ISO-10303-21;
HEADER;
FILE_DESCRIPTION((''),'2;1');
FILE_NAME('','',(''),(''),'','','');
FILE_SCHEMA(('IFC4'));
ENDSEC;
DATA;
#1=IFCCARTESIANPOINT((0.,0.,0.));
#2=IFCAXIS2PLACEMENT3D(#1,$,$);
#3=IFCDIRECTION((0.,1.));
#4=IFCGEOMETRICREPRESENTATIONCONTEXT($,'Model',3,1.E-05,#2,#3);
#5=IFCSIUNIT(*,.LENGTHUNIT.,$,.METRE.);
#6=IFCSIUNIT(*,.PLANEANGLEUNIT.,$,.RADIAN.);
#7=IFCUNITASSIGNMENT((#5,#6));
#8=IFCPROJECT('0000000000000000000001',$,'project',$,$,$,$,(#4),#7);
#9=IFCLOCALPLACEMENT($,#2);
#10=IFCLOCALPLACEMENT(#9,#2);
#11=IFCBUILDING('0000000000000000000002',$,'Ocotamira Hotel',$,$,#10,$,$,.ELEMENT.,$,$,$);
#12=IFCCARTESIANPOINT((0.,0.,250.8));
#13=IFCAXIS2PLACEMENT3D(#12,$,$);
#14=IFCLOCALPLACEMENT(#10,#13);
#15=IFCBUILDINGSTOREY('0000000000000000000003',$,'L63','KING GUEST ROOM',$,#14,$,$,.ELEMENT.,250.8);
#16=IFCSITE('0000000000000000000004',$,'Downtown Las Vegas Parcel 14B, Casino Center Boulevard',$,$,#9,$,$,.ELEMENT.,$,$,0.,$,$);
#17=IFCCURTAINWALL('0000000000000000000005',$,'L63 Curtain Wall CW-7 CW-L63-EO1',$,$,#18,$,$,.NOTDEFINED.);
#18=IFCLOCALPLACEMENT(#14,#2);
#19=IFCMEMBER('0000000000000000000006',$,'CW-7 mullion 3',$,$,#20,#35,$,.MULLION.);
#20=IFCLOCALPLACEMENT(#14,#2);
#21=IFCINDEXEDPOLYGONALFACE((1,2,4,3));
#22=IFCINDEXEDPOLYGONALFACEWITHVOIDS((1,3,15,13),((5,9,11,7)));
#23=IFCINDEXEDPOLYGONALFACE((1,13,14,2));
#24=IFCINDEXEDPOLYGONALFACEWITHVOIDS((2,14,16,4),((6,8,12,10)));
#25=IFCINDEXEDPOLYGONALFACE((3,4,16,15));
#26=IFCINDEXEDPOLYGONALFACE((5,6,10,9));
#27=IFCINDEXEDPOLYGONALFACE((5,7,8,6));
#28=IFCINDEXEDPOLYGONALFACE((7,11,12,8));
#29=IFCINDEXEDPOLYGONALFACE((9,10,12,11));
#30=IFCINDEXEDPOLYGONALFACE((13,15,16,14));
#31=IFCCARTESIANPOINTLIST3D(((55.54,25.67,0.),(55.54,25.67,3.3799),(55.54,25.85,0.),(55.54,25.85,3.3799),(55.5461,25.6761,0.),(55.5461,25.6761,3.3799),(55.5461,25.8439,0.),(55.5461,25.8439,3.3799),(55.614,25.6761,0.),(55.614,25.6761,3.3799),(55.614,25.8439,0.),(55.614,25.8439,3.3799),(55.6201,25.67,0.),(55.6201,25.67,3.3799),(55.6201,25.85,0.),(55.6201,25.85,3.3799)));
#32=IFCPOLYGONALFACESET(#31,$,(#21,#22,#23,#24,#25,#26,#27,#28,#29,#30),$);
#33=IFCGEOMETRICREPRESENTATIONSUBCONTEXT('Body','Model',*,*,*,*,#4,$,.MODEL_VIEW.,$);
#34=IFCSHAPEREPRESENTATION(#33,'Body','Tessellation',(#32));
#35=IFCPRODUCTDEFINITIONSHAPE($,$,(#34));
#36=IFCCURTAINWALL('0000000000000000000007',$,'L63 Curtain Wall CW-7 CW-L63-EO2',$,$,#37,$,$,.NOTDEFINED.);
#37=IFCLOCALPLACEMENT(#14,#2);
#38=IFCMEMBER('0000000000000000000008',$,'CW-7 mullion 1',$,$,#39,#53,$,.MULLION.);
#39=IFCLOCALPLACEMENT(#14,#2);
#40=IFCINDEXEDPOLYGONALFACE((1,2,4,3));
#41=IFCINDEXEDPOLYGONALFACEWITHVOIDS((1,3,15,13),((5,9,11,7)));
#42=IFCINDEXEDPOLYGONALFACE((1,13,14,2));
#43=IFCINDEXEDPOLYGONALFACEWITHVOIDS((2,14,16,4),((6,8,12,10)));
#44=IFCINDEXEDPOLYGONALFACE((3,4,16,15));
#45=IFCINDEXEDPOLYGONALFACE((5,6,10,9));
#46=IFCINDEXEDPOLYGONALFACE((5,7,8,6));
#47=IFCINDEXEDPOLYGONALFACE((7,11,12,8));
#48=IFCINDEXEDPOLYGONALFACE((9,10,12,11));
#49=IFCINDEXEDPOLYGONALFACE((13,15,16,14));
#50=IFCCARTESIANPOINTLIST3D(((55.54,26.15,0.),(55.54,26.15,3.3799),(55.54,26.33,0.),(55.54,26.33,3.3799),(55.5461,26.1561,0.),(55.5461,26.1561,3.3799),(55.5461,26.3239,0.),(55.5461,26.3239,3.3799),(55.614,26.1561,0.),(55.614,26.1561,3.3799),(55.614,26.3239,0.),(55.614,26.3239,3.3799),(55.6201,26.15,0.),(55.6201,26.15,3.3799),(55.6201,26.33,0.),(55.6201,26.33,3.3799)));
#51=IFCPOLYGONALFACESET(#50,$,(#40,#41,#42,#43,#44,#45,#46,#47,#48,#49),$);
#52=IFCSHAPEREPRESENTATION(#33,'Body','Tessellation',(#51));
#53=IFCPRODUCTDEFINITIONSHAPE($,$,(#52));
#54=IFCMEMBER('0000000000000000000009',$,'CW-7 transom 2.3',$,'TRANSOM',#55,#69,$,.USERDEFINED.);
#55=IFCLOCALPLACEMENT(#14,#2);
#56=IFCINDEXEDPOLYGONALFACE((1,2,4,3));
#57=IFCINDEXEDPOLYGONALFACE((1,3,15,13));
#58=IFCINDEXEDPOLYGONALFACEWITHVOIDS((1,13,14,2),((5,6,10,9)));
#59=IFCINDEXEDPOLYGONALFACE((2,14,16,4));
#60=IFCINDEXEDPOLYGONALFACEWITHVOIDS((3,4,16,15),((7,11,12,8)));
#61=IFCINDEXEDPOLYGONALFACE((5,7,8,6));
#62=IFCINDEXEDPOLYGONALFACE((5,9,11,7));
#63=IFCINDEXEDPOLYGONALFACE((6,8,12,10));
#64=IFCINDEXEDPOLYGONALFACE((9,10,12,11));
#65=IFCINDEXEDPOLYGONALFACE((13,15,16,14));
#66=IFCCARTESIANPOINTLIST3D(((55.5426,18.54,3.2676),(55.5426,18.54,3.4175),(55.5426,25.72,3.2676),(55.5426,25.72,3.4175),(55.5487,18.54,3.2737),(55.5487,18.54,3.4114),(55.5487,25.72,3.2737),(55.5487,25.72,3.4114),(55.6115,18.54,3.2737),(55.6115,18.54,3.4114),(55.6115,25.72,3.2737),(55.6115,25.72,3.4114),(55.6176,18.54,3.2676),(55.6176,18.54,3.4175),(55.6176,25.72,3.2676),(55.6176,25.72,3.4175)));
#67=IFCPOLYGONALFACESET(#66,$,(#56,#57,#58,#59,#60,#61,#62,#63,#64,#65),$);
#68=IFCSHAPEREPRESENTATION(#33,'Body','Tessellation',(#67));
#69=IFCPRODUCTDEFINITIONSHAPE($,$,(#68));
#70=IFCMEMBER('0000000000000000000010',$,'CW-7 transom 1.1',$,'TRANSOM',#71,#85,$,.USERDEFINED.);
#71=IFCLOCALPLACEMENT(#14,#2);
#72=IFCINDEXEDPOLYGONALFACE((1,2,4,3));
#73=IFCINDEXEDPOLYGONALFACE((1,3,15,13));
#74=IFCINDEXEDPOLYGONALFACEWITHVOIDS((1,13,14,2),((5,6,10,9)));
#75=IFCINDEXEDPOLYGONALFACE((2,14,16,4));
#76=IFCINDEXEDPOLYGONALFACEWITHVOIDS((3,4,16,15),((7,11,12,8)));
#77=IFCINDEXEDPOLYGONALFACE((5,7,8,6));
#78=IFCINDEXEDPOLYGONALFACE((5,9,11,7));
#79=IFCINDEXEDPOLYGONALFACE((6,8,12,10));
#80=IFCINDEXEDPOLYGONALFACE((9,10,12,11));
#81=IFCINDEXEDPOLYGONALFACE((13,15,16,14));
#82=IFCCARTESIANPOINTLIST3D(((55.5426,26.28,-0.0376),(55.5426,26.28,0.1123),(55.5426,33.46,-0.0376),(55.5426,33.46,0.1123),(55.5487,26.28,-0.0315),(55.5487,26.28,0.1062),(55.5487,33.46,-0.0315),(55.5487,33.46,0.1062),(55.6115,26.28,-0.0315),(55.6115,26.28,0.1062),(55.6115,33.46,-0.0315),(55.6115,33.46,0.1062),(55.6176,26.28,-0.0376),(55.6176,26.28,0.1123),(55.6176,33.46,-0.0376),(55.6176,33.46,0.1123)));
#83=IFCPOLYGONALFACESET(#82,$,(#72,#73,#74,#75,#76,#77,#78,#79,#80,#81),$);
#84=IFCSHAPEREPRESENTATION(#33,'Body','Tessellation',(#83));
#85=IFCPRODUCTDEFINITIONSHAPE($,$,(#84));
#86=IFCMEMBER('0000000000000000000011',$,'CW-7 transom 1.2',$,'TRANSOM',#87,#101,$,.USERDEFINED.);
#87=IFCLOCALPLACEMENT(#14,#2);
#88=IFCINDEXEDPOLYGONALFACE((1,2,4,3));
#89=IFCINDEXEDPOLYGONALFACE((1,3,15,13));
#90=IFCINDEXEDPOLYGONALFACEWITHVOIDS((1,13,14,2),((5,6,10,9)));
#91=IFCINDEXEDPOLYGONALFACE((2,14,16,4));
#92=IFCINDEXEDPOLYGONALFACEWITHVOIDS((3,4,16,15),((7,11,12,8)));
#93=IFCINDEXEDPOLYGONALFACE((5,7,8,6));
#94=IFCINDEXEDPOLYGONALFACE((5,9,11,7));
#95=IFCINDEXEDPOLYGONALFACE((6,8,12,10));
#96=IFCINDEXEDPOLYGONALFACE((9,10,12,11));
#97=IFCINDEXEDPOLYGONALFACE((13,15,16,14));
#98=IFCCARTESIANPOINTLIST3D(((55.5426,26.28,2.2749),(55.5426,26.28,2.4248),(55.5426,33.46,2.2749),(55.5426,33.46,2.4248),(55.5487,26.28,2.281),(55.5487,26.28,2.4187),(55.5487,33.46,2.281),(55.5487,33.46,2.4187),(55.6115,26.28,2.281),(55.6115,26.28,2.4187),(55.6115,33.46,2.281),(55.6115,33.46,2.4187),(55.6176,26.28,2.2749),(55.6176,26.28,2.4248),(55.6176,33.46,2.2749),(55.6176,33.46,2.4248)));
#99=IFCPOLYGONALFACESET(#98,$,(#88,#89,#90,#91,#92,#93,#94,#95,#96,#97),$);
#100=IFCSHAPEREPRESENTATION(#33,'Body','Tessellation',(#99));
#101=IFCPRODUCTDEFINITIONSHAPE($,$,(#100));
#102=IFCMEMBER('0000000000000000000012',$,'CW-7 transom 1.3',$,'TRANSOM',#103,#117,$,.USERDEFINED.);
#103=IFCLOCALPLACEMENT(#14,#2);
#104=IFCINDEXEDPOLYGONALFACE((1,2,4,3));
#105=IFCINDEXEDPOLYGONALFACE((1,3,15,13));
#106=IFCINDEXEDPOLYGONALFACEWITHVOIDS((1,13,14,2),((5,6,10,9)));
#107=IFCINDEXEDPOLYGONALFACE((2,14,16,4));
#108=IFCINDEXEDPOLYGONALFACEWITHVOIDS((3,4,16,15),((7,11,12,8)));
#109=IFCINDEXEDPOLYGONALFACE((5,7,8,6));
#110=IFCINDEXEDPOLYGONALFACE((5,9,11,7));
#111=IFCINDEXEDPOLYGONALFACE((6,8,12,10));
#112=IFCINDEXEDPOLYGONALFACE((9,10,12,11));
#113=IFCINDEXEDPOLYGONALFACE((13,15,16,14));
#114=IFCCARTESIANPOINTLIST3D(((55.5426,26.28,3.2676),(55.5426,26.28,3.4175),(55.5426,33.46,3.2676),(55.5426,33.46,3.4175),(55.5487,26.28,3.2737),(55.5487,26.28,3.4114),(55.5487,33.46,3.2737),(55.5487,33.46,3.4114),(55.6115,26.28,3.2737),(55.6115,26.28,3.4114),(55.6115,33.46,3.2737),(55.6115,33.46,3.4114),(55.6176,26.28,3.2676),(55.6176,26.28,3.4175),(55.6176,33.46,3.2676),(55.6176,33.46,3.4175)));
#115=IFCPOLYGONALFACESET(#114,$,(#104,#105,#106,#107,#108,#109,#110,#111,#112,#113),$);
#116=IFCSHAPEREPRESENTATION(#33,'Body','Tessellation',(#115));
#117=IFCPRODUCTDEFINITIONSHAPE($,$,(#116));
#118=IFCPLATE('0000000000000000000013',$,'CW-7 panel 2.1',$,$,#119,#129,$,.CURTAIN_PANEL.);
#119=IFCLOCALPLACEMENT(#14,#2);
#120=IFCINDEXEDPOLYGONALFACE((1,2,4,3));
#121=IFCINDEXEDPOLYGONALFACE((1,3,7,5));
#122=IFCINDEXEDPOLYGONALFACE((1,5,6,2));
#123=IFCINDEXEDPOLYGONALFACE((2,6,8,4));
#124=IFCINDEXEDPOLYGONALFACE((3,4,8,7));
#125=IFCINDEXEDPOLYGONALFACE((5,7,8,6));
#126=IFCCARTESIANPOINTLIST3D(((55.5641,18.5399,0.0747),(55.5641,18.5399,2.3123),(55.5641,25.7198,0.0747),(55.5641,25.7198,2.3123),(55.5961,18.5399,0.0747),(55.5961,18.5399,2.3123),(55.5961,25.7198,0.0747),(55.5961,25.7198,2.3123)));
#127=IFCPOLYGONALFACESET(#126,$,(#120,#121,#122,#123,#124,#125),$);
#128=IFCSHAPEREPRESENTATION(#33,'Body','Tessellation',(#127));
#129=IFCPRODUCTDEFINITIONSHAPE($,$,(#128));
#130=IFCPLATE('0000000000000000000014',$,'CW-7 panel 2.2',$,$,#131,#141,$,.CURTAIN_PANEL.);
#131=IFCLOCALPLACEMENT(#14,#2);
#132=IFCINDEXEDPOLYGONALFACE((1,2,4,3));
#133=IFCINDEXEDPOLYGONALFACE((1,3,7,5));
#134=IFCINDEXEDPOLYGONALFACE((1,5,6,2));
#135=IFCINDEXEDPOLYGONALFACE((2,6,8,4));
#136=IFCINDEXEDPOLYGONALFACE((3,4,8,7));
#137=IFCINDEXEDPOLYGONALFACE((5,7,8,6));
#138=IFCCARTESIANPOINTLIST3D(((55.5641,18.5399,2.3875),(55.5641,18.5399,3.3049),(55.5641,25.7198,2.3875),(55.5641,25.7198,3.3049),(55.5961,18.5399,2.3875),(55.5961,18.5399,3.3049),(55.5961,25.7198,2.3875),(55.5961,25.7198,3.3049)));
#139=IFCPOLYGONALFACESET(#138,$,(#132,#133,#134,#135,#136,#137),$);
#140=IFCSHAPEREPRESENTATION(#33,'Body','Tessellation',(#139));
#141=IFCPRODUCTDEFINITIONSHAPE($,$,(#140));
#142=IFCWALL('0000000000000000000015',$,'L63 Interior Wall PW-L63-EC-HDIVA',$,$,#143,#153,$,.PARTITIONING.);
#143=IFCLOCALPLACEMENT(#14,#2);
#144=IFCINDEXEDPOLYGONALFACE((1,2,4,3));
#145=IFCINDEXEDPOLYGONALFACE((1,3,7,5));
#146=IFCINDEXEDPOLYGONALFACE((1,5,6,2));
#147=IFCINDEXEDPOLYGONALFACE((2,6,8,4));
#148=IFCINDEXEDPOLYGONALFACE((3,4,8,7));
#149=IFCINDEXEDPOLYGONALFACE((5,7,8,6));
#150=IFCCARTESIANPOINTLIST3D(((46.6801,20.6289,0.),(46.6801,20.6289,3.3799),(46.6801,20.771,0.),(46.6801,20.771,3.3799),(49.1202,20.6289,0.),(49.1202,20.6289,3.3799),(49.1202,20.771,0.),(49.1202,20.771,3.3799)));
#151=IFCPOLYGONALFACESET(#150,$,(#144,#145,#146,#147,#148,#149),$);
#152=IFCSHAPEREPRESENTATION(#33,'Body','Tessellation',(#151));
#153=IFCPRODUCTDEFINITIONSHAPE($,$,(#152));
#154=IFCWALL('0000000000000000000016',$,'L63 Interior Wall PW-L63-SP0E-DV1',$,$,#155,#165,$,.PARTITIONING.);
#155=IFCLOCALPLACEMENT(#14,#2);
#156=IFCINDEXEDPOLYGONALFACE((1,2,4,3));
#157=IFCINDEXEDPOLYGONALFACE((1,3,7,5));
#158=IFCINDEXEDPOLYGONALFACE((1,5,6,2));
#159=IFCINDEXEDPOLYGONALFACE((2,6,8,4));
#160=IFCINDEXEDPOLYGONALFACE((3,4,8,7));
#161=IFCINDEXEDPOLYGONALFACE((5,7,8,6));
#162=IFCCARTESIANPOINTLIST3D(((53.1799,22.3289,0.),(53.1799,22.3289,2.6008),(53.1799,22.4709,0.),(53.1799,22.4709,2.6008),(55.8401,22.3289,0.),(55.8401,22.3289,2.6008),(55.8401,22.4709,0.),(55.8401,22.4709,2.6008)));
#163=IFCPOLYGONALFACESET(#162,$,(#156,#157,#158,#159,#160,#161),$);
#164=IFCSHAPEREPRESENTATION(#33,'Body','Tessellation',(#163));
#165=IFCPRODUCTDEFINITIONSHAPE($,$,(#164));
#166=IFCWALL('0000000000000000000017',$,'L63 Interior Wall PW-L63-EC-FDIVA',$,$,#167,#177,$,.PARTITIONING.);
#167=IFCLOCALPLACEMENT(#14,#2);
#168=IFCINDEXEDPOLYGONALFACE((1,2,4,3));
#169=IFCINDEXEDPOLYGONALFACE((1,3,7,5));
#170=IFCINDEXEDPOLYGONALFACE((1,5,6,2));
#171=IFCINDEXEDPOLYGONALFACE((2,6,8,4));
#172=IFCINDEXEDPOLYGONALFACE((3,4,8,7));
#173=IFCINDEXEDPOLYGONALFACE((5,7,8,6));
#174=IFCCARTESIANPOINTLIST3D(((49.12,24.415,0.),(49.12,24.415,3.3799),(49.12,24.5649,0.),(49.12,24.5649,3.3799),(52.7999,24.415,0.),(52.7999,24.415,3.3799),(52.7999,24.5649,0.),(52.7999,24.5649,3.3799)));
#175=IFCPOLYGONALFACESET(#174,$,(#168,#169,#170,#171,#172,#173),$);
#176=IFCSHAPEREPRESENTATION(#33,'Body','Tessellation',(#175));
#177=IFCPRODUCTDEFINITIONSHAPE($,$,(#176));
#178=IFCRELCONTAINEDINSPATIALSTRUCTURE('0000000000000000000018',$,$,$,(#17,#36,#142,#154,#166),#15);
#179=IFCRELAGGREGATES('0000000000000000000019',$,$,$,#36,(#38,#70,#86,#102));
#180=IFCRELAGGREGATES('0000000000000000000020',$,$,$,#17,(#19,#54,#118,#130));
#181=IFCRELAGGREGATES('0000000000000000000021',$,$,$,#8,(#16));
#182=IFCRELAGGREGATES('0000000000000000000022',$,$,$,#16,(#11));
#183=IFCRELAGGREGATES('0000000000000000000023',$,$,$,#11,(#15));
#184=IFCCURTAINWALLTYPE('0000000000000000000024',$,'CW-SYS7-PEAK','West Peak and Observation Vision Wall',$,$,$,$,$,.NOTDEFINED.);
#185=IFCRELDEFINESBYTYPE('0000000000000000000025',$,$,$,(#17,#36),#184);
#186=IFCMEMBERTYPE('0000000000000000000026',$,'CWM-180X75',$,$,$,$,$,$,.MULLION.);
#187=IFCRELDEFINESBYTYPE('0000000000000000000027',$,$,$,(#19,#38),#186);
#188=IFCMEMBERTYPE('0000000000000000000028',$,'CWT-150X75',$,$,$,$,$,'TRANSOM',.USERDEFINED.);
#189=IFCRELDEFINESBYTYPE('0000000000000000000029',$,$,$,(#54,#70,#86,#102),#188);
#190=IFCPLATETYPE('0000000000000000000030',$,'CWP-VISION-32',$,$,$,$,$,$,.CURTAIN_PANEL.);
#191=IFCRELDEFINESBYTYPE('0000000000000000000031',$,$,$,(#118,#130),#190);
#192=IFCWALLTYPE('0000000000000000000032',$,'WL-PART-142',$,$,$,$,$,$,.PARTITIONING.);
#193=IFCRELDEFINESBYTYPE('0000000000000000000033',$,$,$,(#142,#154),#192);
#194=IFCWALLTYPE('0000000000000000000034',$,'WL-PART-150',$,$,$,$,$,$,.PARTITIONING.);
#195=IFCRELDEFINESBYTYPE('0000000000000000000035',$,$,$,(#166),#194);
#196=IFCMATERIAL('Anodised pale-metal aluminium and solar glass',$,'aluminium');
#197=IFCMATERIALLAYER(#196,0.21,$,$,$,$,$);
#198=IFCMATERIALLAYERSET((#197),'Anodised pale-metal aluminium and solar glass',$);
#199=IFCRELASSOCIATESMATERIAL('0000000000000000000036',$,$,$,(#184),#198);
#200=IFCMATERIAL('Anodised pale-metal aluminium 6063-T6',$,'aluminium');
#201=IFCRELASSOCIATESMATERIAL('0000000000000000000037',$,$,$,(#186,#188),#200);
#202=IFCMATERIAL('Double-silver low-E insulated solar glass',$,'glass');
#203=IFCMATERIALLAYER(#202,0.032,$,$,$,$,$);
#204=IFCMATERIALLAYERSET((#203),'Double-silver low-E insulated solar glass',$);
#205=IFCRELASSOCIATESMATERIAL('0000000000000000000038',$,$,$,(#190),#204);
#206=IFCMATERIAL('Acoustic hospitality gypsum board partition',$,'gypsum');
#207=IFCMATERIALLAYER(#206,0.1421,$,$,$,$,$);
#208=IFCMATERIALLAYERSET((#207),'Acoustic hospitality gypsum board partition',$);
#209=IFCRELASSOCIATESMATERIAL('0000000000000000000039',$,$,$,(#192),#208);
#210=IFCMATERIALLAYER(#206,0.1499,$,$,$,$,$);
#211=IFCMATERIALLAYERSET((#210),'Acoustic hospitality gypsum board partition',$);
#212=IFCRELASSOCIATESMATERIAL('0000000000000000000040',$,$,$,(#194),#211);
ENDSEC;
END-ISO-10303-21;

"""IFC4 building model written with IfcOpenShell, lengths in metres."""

from ifc_helpers import new_model, si_unit, direction, frame, frame_2d, origin, origin_2d, place, context, subcontext, project, spatial, rectangle, hollow_rectangle, extrude, source, transform, mapped, material, layer, layer_set, material_profile, profile_set, type_object, element, aggregate, save


model = new_model("IFC4")

# Units and contexts
model_context = context("Model", 3, precision=1e-05, world=origin(), true_north=direction((0.0, 1.0)))
body_context = subcontext(model_context, "Body", "Model", "MODEL_VIEW")
ifc_project = project(units=[si_unit("LENGTHUNIT", "METRE"), si_unit("PLANEANGLEUNIT", "RADIAN")], contexts=[model_context])

# Site, building, storey
site_placement = place(None, origin())
site = spatial("IfcSite", under=ifc_project, at=site_placement, Name="Downtown Las Vegas Parcel 14B, Casino Center Boulevard", CompositionType="ELEMENT", RefElevation=0.0)
building_placement = place(site_placement, origin())
building = spatial("IfcBuilding", under=site, at=building_placement, Name="Ocotamira Hotel", CompositionType="ELEMENT")
storey_placement = place(building_placement, frame((0.0, 0.0, 250.8)))
storey = spatial("IfcBuildingStorey", under=building, at=storey_placement, Name="L63", Description="KING GUEST ROOM", CompositionType="ELEMENT", Elevation=250.8)

# Curtain walls, members
ifc_material_1 = material(Name="Anodised pale-metal aluminium and solar glass", Category="aluminium")
ifc_layer_1 = layer(ifc_material_1, 0.21)
ifc_layer_set_1 = layer_set([ifc_layer_1], Name="Anodised pale-metal aluminium and solar glass")
curtain_wall_type = type_object("IfcCurtainWallType", Name="CW-SYS7-PEAK", Description="West Peak and Observation Vision Wall", PredefinedType="NOTDEFINED", material=ifc_layer_set_1)
curtain_wall_1_placement = place(storey_placement, origin())
curtain_wall_1 = element("IfcCurtainWall", 1, at=curtain_wall_1_placement, inside=storey, type_object=curtain_wall_type, Name="L63 Curtain Wall CW-7 CW-L63-EO1", PredefinedType="NOTDEFINED")
ifc_material_2 = material(Name="Anodised pale-metal aluminium 6063-T6", Category="aluminium")
ifc_material_profile_1 = material_profile(ifc_material_2, hollow_rectangle(XDim=0.0801, YDim=0.1799, WallThickness=0.0061, at=origin_2d()), Name="HSS180X80X6")
ifc_profile_set_1 = profile_set([ifc_material_profile_1], Name="Anodised pale-metal aluminium 6063-T6")
member_type_1 = type_object("IfcMemberType", Name="CWM-180X75", PredefinedType="MULLION", material=ifc_profile_set_1)
shared_shape_1 = source(origin(), body_context, "Body", "SweptSolid", [
    extrude(hollow_rectangle(XDim=0.0801, YDim=0.1799, WallThickness=0.0061, at=origin_2d()), origin(), (0.0, 0.0, 1.0), 3.3799),
])
member_1_placement = place(storey_placement, frame((55.5801, 25.76, 0.0), z_axis=(0.0, 0.0, 1.0), x_axis=(-1.0, 0.0, 0.0)))
member_1 = element("IfcMember", 2, at=member_1_placement, type_object=member_type_1, Name="CW-7 mullion 3", PredefinedType="MULLION", context=body_context, shape_type="MappedRepresentation", body=[
    mapped(shared_shape_1, transform((0.0, 0.0, 0.0), scale=1.0)),
])
curtain_wall_2_placement = place(storey_placement, origin())
curtain_wall_2 = element("IfcCurtainWall", 3, at=curtain_wall_2_placement, inside=storey, type_object=curtain_wall_type, Name="L63 Curtain Wall CW-7 CW-L63-EO2", PredefinedType="NOTDEFINED")
member_2_placement = place(storey_placement, frame((55.5801, 26.24, 0.0), z_axis=(0.0, 0.0, 1.0), x_axis=(-1.0, 0.0, 0.0)))
member_2 = element("IfcMember", 4, at=member_2_placement, type_object=member_type_1, Name="CW-7 mullion 1", PredefinedType="MULLION", context=body_context, shape_type="MappedRepresentation", body=[
    mapped(shared_shape_1, transform((0.0, 0.0, 0.0), scale=1.0)),
])

# Members
ifc_material_profile_2 = material_profile(ifc_material_2, hollow_rectangle(XDim=0.075, YDim=0.1499, WallThickness=0.0061, at=origin_2d()), Name="HSS150X75X6")
ifc_profile_set_2 = profile_set([ifc_material_profile_2], Name="Anodised pale-metal aluminium 6063-T6")
member_type_2 = type_object("IfcMemberType", Name="CWT-150X75", ElementType="TRANSOM", PredefinedType="USERDEFINED", material=ifc_profile_set_2)
shared_shape_2 = source(origin(), body_context, "Body", "SweptSolid", [
    extrude(hollow_rectangle(XDim=0.075, YDim=0.1499, WallThickness=0.0061, at=origin_2d()), origin(), (0.0, 0.0, 1.0), 7.1799),
])
member_3_placement = place(storey_placement, frame((55.5801, 18.54, 3.3425), z_axis=(0.0, 1.0, 0.0), x_axis=(-1.0, 0.0, 0.0)))
member_3 = element("IfcMember", 5, at=member_3_placement, type_object=member_type_2, Name="CW-7 transom 2.3", ObjectType="TRANSOM", PredefinedType="USERDEFINED", context=body_context, shape_type="MappedRepresentation", body=[
    mapped(shared_shape_2, transform((0.0, 0.0, 0.0), scale=1.0)),
])
member_4_placement = place(storey_placement, frame((55.5801, 26.28, 0.0374), z_axis=(0.0, 1.0, 0.0), x_axis=(-1.0, 0.0, 0.0)))
member_4 = element("IfcMember", 6, at=member_4_placement, type_object=member_type_2, Name="CW-7 transom 1.1", ObjectType="TRANSOM", PredefinedType="USERDEFINED", context=body_context, shape_type="MappedRepresentation", body=[
    mapped(shared_shape_2, transform((0.0, 0.0, 0.0), scale=1.0)),
])
member_5_placement = place(storey_placement, frame((55.5801, 26.28, 2.3499), z_axis=(0.0, 1.0, 0.0), x_axis=(-1.0, 0.0, 0.0)))
member_5 = element("IfcMember", 7, at=member_5_placement, type_object=member_type_2, Name="CW-7 transom 1.2", ObjectType="TRANSOM", PredefinedType="USERDEFINED", context=body_context, shape_type="MappedRepresentation", body=[
    mapped(shared_shape_2, transform((0.0, 0.0, 0.0), scale=1.0)),
])
member_6_placement = place(storey_placement, frame((55.5801, 26.28, 3.3425), z_axis=(0.0, 1.0, 0.0), x_axis=(-1.0, 0.0, 0.0)))
member_6 = element("IfcMember", 8, at=member_6_placement, type_object=member_type_2, Name="CW-7 transom 1.3", ObjectType="TRANSOM", PredefinedType="USERDEFINED", context=body_context, shape_type="MappedRepresentation", body=[
    mapped(shared_shape_2, transform((0.0, 0.0, 0.0), scale=1.0)),
])
aggregate(curtain_wall_2, [member_2, member_4, member_5, member_6])

# Plates
ifc_material_3 = material(Name="Double-silver low-E insulated solar glass", Category="glass")
ifc_layer_2 = layer(ifc_material_3, 0.032)
ifc_layer_set_2 = layer_set([ifc_layer_2], Name="Double-silver low-E insulated solar glass")
plate_type = type_object("IfcPlateType", Name="CWP-VISION-32", PredefinedType="CURTAIN_PANEL", material=ifc_layer_set_2)
shared_shape_3 = source(origin(), body_context, "Body", "SweptSolid", [
    extrude(rectangle(XDim=7.1799, YDim=0.032, at=origin_2d()), origin(), (0.0, 0.0, 1.0), 2.2375),
])
plate_1_placement = place(storey_placement, frame((55.5801, 22.1299, 0.0747), z_axis=(0.0, 0.0, 1.0), x_axis=(0.0, 1.0, 0.0)))
plate_1 = element("IfcPlate", 9, at=plate_1_placement, type_object=plate_type, Name="CW-7 panel 2.1", PredefinedType="CURTAIN_PANEL", context=body_context, shape_type="MappedRepresentation", body=[
    mapped(shared_shape_3, transform((0.0, 0.0, 0.0), scale=1.0)),
])
shared_shape_4 = source(origin(), body_context, "Body", "SweptSolid", [
    extrude(rectangle(XDim=7.1799, YDim=0.032, at=origin_2d()), origin(), (0.0, 0.0, 1.0), 0.9175),
])
plate_2_placement = place(storey_placement, frame((55.5801, 22.1299, 2.3875), z_axis=(0.0, 0.0, 1.0), x_axis=(0.0, 1.0, 0.0)))
plate_2 = element("IfcPlate", 10, at=plate_2_placement, type_object=plate_type, Name="CW-7 panel 2.2", PredefinedType="CURTAIN_PANEL", context=body_context, shape_type="MappedRepresentation", body=[
    mapped(shared_shape_4, transform((0.0, 0.0, 0.0), scale=1.0)),
])
aggregate(curtain_wall_1, [member_1, member_3, plate_1, plate_2])

# Walls
ifc_material_4 = material(Name="Acoustic hospitality gypsum board partition", Category="gypsum")
ifc_layer_3 = layer(ifc_material_4, 0.1421)
ifc_layer_set_3 = layer_set([ifc_layer_3], Name="Acoustic hospitality gypsum board partition")
wall_type_1 = type_object("IfcWallType", Name="WL-PART-142", PredefinedType="PARTITIONING", material=ifc_layer_set_3)
wall_1_placement = place(storey_placement, frame((46.6799, 20.7, 0.0), z_axis=(0.0, 0.0, 1.0), x_axis=(1.0, 0.0, 0.0)))
element("IfcWall", 11, at=wall_1_placement, inside=storey, type_object=wall_type_1, Name="L63 Interior Wall PW-L63-EC-HDIVA", PredefinedType="PARTITIONING", context=body_context, shape_type="SweptSolid", body=[
    extrude(rectangle(XDim=2.4402, YDim=0.1421, at=frame_2d((1.2202, 0.0))), origin(), (0.0, 0.0, 1.0), 3.3799),
])
wall_2_placement = place(storey_placement, frame((53.1799, 22.3999, 0.0), z_axis=(0.0, 0.0, 1.0), x_axis=(1.0, 0.0, 0.0)))
element("IfcWall", 12, at=wall_2_placement, inside=storey, type_object=wall_type_1, Name="L63 Interior Wall PW-L63-SP0E-DV1", PredefinedType="PARTITIONING", context=body_context, shape_type="SweptSolid", body=[
    extrude(rectangle(XDim=2.6602, YDim=0.1421, at=frame_2d((1.3301, 0.0))), origin(), (0.0, 0.0, 1.0), 2.6008),
])
ifc_layer_4 = layer(ifc_material_4, 0.1499)
ifc_layer_set_4 = layer_set([ifc_layer_4], Name="Acoustic hospitality gypsum board partition")
wall_type_2 = type_object("IfcWallType", Name="WL-PART-150", PredefinedType="PARTITIONING", material=ifc_layer_set_4)
wall_3_placement = place(storey_placement, frame((49.1201, 24.49, 0.0), z_axis=(0.0, 0.0, 1.0), x_axis=(1.0, 0.0, 0.0)))
element("IfcWall", 13, at=wall_3_placement, inside=storey, type_object=wall_type_2, Name="L63 Interior Wall PW-L63-EC-FDIVA", PredefinedType="PARTITIONING", context=body_context, shape_type="SweptSolid", body=[
    extrude(rectangle(XDim=3.6799, YDim=0.1499, at=frame_2d((1.8398, 0.0))), origin(), (0.0, 0.0, 1.0), 3.3799),
])

save(model, "model.ifc")
